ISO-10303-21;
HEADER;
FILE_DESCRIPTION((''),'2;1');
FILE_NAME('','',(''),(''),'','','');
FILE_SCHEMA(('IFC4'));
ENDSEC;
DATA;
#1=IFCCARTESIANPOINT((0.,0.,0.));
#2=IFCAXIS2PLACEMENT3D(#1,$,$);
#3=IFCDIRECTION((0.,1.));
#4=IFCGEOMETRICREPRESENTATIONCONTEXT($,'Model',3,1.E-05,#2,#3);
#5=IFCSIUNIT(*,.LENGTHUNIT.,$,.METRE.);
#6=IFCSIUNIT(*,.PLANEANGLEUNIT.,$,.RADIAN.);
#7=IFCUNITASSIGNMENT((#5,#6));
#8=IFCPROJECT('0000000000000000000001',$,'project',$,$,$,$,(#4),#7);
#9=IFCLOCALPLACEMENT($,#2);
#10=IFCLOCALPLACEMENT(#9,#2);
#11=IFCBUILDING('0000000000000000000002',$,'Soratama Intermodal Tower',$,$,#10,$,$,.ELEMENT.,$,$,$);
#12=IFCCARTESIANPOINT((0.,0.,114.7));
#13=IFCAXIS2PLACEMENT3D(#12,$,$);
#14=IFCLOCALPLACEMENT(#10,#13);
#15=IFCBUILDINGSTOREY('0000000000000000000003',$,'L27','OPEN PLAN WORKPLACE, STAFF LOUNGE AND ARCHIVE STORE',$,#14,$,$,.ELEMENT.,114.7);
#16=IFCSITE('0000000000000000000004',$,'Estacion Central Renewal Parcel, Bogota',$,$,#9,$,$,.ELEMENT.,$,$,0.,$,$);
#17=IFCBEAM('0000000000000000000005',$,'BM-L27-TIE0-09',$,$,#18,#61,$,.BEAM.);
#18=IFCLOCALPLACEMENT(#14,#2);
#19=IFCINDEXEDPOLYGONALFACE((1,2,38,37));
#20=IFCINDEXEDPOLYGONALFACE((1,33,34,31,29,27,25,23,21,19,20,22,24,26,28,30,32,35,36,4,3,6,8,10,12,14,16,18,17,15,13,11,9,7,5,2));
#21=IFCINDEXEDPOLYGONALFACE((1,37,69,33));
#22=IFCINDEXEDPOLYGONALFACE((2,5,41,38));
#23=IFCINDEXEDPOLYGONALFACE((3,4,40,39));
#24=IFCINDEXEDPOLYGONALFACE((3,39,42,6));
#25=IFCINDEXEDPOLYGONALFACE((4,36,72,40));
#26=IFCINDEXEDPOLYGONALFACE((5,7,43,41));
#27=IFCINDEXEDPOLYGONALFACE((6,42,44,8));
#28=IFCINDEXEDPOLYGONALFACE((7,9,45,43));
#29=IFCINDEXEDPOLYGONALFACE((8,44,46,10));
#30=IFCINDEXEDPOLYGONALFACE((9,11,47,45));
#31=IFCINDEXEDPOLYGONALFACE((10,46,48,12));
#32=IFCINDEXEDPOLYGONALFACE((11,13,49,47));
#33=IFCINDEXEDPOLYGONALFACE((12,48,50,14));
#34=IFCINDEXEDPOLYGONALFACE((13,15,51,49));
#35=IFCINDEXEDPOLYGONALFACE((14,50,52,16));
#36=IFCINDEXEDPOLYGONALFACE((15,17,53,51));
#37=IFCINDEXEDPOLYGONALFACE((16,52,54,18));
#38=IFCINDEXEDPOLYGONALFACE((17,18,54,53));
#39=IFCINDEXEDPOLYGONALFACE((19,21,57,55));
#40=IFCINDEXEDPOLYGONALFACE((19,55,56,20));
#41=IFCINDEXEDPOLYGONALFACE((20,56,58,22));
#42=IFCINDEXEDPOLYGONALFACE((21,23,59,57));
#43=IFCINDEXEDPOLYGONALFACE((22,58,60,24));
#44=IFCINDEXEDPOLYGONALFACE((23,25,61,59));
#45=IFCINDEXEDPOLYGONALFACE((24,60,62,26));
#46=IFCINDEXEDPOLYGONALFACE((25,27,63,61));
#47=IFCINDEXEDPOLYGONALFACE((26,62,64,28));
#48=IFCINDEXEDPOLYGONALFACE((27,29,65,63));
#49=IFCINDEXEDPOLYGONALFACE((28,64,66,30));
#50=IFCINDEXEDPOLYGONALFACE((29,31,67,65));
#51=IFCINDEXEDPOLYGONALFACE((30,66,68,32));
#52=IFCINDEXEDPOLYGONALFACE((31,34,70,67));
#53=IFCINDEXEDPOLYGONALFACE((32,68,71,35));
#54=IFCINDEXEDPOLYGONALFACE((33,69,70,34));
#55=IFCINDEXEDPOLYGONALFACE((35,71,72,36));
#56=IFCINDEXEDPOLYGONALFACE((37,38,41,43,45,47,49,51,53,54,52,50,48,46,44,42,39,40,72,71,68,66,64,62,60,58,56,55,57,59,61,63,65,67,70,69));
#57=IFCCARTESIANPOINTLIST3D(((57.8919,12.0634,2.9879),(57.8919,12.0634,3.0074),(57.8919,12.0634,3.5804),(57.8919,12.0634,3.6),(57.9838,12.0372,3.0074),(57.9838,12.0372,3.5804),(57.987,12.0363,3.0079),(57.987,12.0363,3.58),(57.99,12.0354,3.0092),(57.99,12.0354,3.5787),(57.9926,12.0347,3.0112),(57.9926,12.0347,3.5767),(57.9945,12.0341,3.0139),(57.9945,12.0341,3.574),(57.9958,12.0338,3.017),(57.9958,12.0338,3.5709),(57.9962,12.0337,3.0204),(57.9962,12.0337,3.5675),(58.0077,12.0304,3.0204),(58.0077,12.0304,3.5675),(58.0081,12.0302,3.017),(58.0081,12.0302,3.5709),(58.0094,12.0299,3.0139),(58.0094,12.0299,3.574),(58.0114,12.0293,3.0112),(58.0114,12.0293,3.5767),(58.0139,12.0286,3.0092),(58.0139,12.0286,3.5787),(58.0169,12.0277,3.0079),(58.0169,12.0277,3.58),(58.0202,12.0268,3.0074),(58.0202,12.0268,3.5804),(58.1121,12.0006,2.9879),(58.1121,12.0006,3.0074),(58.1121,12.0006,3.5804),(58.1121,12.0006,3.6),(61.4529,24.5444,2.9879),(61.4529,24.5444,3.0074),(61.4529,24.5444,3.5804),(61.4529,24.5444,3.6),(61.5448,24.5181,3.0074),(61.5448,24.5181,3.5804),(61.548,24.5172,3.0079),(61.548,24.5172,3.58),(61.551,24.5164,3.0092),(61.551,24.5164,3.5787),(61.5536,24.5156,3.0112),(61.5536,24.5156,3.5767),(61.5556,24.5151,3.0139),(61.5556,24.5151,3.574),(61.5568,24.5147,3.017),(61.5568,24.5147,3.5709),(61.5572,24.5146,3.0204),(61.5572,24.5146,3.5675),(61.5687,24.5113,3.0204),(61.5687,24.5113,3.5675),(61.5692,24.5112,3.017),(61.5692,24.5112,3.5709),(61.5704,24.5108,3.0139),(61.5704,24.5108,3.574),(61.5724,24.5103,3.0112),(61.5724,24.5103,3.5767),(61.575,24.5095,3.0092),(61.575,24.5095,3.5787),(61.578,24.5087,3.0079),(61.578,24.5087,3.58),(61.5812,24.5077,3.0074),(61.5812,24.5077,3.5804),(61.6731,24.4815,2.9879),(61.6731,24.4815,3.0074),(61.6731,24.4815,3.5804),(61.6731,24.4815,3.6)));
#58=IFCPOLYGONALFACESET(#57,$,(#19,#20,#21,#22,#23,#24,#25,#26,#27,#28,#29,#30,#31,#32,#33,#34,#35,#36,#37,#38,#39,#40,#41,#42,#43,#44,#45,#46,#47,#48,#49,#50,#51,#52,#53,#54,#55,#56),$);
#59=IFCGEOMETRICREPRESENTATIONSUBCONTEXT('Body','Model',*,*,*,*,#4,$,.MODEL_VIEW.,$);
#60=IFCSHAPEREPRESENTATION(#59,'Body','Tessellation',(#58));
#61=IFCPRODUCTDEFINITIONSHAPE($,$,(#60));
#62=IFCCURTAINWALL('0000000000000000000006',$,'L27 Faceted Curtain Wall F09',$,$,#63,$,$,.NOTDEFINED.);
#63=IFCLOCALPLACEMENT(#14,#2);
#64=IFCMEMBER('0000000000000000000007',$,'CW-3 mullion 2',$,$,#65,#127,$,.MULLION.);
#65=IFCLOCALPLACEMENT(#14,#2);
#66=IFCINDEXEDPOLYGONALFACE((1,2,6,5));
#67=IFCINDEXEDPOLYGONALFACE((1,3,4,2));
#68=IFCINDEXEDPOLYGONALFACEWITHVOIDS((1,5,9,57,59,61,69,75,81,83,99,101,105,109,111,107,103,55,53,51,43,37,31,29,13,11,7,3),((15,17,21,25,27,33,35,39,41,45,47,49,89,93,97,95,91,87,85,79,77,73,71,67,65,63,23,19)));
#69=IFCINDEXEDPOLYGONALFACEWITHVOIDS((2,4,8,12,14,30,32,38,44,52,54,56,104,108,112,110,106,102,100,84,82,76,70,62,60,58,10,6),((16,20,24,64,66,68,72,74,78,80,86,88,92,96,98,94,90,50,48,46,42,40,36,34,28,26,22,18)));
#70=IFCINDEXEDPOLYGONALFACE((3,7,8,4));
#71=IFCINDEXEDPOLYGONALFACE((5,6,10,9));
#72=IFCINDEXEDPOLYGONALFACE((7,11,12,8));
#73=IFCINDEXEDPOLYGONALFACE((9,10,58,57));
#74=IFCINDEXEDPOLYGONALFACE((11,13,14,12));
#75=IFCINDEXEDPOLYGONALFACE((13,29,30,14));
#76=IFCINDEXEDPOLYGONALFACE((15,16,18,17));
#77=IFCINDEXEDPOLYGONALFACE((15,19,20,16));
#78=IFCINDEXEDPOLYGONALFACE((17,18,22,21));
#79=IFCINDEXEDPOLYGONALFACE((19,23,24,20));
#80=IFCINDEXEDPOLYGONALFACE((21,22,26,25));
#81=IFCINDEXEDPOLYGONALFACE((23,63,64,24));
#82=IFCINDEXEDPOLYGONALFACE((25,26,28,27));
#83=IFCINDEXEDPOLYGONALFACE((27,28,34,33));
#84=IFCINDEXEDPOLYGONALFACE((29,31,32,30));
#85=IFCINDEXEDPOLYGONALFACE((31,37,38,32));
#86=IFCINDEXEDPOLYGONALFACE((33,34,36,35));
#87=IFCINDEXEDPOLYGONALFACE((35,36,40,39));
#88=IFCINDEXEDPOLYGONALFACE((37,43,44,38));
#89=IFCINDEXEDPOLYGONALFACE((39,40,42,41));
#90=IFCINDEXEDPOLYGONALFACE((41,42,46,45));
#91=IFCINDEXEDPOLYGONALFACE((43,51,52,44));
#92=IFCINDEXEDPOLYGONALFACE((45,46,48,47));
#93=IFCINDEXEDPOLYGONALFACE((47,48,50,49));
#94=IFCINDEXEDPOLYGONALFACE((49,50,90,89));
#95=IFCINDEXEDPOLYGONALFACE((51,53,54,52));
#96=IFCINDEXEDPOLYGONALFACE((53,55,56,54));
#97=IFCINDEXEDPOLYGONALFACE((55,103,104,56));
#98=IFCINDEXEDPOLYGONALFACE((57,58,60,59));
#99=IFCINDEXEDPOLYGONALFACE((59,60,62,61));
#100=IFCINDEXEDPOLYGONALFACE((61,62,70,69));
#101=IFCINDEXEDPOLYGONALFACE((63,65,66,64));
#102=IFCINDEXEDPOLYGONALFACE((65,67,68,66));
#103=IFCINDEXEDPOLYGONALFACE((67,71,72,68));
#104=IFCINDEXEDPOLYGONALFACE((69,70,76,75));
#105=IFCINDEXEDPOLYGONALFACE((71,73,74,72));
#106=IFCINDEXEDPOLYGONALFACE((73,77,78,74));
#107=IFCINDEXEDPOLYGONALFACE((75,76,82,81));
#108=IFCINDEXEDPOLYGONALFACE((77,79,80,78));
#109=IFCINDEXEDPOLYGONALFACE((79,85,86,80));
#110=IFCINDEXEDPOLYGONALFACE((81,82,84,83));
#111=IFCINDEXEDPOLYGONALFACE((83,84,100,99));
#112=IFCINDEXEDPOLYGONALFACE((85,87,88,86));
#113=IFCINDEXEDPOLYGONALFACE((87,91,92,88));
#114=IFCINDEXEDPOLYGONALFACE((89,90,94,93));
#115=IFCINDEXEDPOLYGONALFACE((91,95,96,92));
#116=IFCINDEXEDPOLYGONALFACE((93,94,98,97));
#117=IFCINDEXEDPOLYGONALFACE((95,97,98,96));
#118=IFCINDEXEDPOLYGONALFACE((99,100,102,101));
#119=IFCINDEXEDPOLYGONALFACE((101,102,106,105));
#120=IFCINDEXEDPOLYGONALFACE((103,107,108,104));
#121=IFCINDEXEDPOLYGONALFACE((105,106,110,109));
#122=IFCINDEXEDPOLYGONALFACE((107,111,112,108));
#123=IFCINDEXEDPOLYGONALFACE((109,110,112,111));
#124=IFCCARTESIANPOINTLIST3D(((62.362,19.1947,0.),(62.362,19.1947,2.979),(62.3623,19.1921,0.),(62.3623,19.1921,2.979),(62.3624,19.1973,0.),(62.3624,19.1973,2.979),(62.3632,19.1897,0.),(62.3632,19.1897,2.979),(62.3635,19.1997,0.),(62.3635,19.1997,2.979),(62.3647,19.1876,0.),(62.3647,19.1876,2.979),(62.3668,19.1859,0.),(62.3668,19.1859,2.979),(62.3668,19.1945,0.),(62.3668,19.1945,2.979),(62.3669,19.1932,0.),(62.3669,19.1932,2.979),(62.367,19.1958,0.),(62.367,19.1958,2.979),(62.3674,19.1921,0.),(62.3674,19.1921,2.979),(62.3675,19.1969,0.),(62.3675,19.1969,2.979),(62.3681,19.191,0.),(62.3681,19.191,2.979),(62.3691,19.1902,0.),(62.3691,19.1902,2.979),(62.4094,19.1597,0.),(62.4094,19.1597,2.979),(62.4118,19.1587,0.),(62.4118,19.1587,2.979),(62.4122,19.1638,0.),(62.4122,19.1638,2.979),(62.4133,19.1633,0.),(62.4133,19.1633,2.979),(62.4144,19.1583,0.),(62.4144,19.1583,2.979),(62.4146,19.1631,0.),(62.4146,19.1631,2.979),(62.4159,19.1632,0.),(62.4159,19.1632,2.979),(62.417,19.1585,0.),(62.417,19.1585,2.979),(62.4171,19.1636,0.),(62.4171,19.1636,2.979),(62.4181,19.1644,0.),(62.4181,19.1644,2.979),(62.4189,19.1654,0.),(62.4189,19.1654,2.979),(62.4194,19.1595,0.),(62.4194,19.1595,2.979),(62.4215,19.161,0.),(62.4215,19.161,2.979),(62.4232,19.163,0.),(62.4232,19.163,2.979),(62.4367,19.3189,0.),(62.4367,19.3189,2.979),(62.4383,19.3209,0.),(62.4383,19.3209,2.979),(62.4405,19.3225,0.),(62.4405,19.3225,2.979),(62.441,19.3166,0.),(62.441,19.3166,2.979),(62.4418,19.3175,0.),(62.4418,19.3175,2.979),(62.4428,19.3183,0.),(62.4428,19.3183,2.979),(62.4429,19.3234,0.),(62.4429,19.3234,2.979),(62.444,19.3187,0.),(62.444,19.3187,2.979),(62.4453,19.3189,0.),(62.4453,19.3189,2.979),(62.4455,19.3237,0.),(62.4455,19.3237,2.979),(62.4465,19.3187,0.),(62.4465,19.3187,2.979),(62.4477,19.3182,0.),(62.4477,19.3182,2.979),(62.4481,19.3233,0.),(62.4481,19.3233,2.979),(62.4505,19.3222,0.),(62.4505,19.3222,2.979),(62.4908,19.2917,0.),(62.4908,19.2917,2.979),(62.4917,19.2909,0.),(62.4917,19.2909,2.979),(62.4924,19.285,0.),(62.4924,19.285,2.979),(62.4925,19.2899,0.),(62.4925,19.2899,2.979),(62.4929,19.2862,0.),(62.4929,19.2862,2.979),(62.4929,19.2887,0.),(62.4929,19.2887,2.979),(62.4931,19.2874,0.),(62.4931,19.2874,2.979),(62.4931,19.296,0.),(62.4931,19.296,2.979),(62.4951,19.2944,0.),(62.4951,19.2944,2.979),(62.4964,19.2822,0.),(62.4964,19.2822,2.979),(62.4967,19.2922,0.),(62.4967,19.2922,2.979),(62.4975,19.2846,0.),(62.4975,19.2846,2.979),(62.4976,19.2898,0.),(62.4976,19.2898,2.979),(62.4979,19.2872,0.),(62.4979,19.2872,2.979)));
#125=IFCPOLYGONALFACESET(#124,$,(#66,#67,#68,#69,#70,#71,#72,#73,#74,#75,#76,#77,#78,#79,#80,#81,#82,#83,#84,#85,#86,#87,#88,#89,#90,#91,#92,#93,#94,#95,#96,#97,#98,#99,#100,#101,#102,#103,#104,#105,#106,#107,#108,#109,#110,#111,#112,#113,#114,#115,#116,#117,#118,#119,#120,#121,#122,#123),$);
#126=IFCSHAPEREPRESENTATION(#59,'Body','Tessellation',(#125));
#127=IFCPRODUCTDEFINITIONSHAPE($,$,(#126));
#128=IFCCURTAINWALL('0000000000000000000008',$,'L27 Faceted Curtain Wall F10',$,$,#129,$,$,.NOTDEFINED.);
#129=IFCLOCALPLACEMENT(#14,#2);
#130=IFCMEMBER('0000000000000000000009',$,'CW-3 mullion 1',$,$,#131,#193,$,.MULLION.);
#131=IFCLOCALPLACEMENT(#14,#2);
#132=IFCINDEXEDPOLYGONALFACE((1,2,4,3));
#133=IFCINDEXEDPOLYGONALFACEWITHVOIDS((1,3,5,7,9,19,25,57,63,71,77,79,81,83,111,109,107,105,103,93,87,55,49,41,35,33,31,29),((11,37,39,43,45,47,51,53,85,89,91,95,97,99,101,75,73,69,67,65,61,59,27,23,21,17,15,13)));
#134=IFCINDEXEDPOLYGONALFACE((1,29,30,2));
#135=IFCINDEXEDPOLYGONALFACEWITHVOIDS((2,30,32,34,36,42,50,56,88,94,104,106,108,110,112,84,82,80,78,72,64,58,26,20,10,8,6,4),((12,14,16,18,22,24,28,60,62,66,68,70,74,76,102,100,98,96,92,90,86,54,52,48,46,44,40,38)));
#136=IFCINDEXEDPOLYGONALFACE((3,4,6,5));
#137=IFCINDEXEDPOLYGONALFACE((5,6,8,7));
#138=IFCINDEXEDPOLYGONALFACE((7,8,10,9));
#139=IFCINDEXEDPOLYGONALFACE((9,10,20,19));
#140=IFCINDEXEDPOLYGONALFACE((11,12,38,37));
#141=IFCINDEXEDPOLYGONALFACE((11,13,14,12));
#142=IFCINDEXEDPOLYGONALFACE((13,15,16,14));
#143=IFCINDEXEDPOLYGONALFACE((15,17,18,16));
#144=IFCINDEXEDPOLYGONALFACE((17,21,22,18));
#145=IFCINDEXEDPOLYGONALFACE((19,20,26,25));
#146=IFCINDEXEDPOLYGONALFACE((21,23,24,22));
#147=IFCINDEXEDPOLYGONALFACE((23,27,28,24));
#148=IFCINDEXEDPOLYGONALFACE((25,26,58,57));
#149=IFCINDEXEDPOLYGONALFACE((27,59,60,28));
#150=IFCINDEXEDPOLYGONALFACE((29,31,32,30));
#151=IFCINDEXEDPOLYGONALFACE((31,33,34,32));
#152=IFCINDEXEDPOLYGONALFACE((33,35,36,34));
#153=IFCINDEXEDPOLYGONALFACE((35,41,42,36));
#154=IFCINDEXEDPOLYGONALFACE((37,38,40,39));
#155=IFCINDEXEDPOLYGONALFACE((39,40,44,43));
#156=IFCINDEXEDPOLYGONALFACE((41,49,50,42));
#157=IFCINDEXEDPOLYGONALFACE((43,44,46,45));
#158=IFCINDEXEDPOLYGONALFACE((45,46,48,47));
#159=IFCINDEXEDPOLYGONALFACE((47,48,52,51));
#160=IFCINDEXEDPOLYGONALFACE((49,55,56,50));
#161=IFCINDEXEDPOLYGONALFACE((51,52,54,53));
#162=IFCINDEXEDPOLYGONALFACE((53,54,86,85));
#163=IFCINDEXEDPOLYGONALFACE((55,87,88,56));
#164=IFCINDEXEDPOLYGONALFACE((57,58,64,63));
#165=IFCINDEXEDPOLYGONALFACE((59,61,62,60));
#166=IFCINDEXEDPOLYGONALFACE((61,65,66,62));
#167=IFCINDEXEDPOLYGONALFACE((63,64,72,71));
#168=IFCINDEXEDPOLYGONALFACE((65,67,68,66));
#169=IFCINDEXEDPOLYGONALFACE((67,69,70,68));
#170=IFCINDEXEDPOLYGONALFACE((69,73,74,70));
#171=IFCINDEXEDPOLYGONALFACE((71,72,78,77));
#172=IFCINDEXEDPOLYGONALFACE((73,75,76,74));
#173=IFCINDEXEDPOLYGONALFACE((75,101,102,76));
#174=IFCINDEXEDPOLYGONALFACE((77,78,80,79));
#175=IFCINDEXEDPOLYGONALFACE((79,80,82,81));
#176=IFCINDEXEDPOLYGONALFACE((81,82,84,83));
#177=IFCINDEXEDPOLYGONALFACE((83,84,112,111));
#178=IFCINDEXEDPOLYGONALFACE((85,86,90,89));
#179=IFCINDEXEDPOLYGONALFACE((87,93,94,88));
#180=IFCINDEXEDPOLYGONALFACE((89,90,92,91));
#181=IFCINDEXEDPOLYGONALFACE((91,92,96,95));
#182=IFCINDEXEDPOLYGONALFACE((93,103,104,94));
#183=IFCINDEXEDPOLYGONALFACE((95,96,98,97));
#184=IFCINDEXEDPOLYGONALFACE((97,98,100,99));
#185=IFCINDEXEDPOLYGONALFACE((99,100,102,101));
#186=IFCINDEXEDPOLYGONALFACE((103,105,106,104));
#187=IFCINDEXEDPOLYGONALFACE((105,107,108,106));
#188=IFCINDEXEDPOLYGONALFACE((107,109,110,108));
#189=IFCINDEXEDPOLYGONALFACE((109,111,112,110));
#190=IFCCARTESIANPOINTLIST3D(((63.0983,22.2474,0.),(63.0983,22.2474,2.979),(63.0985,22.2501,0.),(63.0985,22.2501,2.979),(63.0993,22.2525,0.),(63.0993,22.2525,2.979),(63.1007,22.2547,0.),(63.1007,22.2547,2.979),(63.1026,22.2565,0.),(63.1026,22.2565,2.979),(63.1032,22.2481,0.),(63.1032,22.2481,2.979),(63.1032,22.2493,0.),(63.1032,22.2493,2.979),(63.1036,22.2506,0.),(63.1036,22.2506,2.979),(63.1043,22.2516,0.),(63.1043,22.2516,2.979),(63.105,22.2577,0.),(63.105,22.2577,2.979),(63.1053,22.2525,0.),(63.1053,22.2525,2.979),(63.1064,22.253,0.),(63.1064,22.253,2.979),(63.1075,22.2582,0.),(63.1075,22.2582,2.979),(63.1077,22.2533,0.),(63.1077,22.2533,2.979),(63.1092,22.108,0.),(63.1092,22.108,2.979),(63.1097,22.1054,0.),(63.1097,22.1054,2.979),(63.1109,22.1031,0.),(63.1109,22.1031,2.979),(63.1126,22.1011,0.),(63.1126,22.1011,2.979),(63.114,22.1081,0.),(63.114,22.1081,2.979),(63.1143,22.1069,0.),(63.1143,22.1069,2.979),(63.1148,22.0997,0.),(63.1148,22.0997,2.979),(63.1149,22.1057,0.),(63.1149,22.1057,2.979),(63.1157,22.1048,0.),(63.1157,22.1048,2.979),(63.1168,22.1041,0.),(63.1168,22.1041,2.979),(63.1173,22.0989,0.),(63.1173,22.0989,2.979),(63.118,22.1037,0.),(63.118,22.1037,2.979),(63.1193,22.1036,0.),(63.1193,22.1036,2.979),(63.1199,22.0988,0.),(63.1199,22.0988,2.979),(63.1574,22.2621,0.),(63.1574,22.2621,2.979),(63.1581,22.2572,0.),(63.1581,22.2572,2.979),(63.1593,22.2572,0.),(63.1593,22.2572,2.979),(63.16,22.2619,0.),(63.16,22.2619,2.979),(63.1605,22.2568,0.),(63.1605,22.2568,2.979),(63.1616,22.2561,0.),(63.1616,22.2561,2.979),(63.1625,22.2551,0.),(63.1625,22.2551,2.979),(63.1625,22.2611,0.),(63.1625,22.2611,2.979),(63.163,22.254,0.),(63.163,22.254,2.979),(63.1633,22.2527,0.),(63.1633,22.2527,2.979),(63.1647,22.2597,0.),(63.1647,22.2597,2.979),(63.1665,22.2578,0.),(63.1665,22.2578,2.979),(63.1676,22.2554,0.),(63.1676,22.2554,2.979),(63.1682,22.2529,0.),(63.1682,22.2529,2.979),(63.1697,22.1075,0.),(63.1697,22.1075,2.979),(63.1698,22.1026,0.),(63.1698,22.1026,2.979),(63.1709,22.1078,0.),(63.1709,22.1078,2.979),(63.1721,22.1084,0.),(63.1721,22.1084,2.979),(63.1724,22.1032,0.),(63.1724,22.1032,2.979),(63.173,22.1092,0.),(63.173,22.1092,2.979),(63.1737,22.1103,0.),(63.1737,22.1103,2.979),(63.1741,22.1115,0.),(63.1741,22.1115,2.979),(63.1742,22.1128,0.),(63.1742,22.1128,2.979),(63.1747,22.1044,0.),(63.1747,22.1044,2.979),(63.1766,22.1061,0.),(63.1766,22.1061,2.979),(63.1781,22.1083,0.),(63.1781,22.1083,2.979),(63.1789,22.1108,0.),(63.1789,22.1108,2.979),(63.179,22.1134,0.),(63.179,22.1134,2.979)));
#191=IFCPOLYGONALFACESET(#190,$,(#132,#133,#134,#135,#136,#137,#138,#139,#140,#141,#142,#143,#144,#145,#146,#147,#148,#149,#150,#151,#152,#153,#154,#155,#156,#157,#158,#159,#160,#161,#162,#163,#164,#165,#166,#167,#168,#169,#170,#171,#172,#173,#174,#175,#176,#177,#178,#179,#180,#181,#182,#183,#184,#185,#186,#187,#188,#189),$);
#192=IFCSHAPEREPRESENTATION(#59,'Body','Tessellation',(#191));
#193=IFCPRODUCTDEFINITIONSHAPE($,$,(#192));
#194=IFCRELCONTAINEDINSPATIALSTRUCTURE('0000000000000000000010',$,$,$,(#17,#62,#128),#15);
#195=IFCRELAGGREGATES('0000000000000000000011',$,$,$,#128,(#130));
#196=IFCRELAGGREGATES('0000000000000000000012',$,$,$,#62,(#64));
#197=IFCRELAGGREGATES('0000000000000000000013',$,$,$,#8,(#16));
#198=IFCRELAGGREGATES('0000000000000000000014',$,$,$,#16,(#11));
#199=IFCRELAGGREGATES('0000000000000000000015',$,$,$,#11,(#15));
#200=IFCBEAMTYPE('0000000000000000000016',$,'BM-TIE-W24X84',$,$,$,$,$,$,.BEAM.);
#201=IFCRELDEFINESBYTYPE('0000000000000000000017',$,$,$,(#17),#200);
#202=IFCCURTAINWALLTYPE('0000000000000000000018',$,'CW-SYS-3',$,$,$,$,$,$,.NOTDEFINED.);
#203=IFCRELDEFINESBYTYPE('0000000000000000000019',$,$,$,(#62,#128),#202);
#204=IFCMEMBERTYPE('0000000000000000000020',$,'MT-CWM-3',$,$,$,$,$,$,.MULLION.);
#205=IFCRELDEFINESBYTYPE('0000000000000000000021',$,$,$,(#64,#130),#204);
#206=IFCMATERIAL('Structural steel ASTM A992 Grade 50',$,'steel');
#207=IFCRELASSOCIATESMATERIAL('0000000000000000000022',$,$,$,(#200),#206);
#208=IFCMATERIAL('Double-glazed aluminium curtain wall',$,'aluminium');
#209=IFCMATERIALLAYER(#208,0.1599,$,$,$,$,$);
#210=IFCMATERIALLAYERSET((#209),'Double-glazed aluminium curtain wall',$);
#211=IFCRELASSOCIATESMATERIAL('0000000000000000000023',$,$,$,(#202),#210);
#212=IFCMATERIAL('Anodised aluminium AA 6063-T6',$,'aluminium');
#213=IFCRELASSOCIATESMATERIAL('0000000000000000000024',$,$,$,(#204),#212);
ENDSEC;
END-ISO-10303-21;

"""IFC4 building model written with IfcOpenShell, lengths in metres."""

from ifc_helpers import new_model, si_unit, direction, frame, origin, origin_2d, place, context, subcontext, project, spatial, hollow_rectangle, i_section, extrude, material, layer, layer_set, material_profile, profile_set, type_object, element, aggregate, save


model = new_model("IFC4")

# Units and contexts
model_context = context("Model", 3, precision=1e-05, world=origin(), true_north=direction((0.0, 1.0)))
body_context = subcontext(model_context, "Body", "Model", "MODEL_VIEW")
ifc_project = project(units=[si_unit("LENGTHUNIT", "METRE"), si_unit("PLANEANGLEUNIT", "RADIAN")], contexts=[model_context])

# Site, building, storey
site_placement = place(None, origin())
site = spatial("IfcSite", under=ifc_project, at=site_placement, Name="Estacion Central Renewal Parcel, Bogota", CompositionType="ELEMENT", RefElevation=0.0)
building_placement = place(site_placement, origin())
building = spatial("IfcBuilding", under=site, at=building_placement, Name="Soratama Intermodal Tower", CompositionType="ELEMENT")
storey_placement = place(building_placement, frame((0.0, 0.0, 114.7)))
storey = spatial("IfcBuildingStorey", under=building, at=storey_placement, Name="L27", Description="OPEN PLAN WORKPLACE, STAFF LOUNGE AND ARCHIVE STORE", CompositionType="ELEMENT", Elevation=114.7)

# Beam
ifc_material_1 = material(Name="Structural steel ASTM A992 Grade 50", Category="steel")
ifc_material_profile_1 = material_profile(ifc_material_1, i_section(OverallWidth=0.229, OverallDepth=0.6121, WebThickness=0.012, FlangeThickness=0.0195, FilletRadius=0.0129, at=origin_2d()), Name="W24X84")
ifc_profile_set_1 = profile_set([ifc_material_profile_1], Name="Structural steel ASTM A992 Grade 50")
beam_type_1 = type_object("IfcBeamType", Name="BM-TIE-W24X84", PredefinedType="BEAM", material=ifc_profile_set_1)
beam_1_placement = place(storey_placement, frame((61.563, 24.5129, 3.2939), z_axis=(-0.274368, -0.961625, 0.0), x_axis=(0.961625, -0.274368, 0.0)))
element("IfcBeam", 1, at=beam_1_placement, inside=storey, type_object=beam_type_1, Name="BM-L27-TIE0-09", PredefinedType="BEAM", context=body_context, shape_type="SweptSolid", body=[
    extrude(i_section(OverallWidth=0.229, OverallDepth=0.6121, WebThickness=0.012, FlangeThickness=0.0195, FilletRadius=0.0129, at=origin_2d()), origin(), (0.0, 0.0, 1.0), 12.979),
])

# Curtain wall, member
ifc_material_2 = material(Name="Double-glazed aluminium curtain wall", Category="aluminium")
ifc_layer_1 = layer(ifc_material_2, 0.1599)
ifc_layer_set_1 = layer_set([ifc_layer_1], Name="Double-glazed aluminium curtain wall")
curtain_wall_type = type_object("IfcCurtainWallType", Name="CW-SYS-3", PredefinedType="NOTDEFINED", material=ifc_layer_set_1)
curtain_wall_1_placement = place(storey_placement, origin())
curtain_wall_1 = element("IfcCurtainWall", 2, at=curtain_wall_1_placement, inside=storey, type_object=curtain_wall_type, Name="L27 Faceted Curtain Wall F09", PredefinedType="NOTDEFINED")
ifc_material_3 = material(Name="Anodised aluminium AA 6063-T6", Category="aluminium")
ifc_material_profile_2 = material_profile(ifc_material_3, hollow_rectangle(XDim=0.0701, YDim=0.1599, WallThickness=0.0049, InnerFilletRadius=0.0049, OuterFilletRadius=0.01, at=origin_2d()), Name="CWM160X70X5")
ifc_profile_set_2 = profile_set([ifc_material_profile_2], Name="Anodised aluminium AA 6063-T6")
member_type_1 = type_object("IfcMemberType", Name="MT-CWM-3", PredefinedType="MULLION", material=ifc_profile_set_2)
member_1_placement = place(storey_placement, frame((62.4299, 19.241, 0.0), z_axis=(0.0, 0.0, 1.0), x_axis=(-0.852089, 0.523396, 0.0)))
member_1 = element("IfcMember", 3, at=member_1_placement, type_object=member_type_1, Name="CW-3 mullion 2", PredefinedType="MULLION", context=body_context, shape_type="SweptSolid", body=[
    extrude(hollow_rectangle(XDim=0.0701, YDim=0.1599, WallThickness=0.0049, InnerFilletRadius=0.0049, OuterFilletRadius=0.01, at=origin_2d()), origin(), (0.0, 0.0, 1.0), 2.979),
])

# Curtain wall, member
curtain_wall_2_placement = place(storey_placement, origin())
curtain_wall_2 = element("IfcCurtainWall", 4, at=curtain_wall_2_placement, inside=storey, type_object=curtain_wall_type, Name="L27 Faceted Curtain Wall F10", PredefinedType="NOTDEFINED")
member_2_placement = place(storey_placement, frame((63.1387, 22.1804, 0.0), z_axis=(0.0, 0.0, 1.0), x_axis=(-0.996999, -0.077412, 0.0)))
member_2 = element("IfcMember", 5, at=member_2_placement, type_object=member_type_1, Name="CW-3 mullion 1", PredefinedType="MULLION", context=body_context, shape_type="SweptSolid", body=[
    extrude(hollow_rectangle(XDim=0.0701, YDim=0.1599, WallThickness=0.0049, InnerFilletRadius=0.0049, OuterFilletRadius=0.01, at=origin_2d()), origin(), (0.0, 0.0, 1.0), 2.979),
])
aggregate(curtain_wall_2, [member_2])

aggregate(curtain_wall_1, [member_1])

save(model, "model.ifc")
